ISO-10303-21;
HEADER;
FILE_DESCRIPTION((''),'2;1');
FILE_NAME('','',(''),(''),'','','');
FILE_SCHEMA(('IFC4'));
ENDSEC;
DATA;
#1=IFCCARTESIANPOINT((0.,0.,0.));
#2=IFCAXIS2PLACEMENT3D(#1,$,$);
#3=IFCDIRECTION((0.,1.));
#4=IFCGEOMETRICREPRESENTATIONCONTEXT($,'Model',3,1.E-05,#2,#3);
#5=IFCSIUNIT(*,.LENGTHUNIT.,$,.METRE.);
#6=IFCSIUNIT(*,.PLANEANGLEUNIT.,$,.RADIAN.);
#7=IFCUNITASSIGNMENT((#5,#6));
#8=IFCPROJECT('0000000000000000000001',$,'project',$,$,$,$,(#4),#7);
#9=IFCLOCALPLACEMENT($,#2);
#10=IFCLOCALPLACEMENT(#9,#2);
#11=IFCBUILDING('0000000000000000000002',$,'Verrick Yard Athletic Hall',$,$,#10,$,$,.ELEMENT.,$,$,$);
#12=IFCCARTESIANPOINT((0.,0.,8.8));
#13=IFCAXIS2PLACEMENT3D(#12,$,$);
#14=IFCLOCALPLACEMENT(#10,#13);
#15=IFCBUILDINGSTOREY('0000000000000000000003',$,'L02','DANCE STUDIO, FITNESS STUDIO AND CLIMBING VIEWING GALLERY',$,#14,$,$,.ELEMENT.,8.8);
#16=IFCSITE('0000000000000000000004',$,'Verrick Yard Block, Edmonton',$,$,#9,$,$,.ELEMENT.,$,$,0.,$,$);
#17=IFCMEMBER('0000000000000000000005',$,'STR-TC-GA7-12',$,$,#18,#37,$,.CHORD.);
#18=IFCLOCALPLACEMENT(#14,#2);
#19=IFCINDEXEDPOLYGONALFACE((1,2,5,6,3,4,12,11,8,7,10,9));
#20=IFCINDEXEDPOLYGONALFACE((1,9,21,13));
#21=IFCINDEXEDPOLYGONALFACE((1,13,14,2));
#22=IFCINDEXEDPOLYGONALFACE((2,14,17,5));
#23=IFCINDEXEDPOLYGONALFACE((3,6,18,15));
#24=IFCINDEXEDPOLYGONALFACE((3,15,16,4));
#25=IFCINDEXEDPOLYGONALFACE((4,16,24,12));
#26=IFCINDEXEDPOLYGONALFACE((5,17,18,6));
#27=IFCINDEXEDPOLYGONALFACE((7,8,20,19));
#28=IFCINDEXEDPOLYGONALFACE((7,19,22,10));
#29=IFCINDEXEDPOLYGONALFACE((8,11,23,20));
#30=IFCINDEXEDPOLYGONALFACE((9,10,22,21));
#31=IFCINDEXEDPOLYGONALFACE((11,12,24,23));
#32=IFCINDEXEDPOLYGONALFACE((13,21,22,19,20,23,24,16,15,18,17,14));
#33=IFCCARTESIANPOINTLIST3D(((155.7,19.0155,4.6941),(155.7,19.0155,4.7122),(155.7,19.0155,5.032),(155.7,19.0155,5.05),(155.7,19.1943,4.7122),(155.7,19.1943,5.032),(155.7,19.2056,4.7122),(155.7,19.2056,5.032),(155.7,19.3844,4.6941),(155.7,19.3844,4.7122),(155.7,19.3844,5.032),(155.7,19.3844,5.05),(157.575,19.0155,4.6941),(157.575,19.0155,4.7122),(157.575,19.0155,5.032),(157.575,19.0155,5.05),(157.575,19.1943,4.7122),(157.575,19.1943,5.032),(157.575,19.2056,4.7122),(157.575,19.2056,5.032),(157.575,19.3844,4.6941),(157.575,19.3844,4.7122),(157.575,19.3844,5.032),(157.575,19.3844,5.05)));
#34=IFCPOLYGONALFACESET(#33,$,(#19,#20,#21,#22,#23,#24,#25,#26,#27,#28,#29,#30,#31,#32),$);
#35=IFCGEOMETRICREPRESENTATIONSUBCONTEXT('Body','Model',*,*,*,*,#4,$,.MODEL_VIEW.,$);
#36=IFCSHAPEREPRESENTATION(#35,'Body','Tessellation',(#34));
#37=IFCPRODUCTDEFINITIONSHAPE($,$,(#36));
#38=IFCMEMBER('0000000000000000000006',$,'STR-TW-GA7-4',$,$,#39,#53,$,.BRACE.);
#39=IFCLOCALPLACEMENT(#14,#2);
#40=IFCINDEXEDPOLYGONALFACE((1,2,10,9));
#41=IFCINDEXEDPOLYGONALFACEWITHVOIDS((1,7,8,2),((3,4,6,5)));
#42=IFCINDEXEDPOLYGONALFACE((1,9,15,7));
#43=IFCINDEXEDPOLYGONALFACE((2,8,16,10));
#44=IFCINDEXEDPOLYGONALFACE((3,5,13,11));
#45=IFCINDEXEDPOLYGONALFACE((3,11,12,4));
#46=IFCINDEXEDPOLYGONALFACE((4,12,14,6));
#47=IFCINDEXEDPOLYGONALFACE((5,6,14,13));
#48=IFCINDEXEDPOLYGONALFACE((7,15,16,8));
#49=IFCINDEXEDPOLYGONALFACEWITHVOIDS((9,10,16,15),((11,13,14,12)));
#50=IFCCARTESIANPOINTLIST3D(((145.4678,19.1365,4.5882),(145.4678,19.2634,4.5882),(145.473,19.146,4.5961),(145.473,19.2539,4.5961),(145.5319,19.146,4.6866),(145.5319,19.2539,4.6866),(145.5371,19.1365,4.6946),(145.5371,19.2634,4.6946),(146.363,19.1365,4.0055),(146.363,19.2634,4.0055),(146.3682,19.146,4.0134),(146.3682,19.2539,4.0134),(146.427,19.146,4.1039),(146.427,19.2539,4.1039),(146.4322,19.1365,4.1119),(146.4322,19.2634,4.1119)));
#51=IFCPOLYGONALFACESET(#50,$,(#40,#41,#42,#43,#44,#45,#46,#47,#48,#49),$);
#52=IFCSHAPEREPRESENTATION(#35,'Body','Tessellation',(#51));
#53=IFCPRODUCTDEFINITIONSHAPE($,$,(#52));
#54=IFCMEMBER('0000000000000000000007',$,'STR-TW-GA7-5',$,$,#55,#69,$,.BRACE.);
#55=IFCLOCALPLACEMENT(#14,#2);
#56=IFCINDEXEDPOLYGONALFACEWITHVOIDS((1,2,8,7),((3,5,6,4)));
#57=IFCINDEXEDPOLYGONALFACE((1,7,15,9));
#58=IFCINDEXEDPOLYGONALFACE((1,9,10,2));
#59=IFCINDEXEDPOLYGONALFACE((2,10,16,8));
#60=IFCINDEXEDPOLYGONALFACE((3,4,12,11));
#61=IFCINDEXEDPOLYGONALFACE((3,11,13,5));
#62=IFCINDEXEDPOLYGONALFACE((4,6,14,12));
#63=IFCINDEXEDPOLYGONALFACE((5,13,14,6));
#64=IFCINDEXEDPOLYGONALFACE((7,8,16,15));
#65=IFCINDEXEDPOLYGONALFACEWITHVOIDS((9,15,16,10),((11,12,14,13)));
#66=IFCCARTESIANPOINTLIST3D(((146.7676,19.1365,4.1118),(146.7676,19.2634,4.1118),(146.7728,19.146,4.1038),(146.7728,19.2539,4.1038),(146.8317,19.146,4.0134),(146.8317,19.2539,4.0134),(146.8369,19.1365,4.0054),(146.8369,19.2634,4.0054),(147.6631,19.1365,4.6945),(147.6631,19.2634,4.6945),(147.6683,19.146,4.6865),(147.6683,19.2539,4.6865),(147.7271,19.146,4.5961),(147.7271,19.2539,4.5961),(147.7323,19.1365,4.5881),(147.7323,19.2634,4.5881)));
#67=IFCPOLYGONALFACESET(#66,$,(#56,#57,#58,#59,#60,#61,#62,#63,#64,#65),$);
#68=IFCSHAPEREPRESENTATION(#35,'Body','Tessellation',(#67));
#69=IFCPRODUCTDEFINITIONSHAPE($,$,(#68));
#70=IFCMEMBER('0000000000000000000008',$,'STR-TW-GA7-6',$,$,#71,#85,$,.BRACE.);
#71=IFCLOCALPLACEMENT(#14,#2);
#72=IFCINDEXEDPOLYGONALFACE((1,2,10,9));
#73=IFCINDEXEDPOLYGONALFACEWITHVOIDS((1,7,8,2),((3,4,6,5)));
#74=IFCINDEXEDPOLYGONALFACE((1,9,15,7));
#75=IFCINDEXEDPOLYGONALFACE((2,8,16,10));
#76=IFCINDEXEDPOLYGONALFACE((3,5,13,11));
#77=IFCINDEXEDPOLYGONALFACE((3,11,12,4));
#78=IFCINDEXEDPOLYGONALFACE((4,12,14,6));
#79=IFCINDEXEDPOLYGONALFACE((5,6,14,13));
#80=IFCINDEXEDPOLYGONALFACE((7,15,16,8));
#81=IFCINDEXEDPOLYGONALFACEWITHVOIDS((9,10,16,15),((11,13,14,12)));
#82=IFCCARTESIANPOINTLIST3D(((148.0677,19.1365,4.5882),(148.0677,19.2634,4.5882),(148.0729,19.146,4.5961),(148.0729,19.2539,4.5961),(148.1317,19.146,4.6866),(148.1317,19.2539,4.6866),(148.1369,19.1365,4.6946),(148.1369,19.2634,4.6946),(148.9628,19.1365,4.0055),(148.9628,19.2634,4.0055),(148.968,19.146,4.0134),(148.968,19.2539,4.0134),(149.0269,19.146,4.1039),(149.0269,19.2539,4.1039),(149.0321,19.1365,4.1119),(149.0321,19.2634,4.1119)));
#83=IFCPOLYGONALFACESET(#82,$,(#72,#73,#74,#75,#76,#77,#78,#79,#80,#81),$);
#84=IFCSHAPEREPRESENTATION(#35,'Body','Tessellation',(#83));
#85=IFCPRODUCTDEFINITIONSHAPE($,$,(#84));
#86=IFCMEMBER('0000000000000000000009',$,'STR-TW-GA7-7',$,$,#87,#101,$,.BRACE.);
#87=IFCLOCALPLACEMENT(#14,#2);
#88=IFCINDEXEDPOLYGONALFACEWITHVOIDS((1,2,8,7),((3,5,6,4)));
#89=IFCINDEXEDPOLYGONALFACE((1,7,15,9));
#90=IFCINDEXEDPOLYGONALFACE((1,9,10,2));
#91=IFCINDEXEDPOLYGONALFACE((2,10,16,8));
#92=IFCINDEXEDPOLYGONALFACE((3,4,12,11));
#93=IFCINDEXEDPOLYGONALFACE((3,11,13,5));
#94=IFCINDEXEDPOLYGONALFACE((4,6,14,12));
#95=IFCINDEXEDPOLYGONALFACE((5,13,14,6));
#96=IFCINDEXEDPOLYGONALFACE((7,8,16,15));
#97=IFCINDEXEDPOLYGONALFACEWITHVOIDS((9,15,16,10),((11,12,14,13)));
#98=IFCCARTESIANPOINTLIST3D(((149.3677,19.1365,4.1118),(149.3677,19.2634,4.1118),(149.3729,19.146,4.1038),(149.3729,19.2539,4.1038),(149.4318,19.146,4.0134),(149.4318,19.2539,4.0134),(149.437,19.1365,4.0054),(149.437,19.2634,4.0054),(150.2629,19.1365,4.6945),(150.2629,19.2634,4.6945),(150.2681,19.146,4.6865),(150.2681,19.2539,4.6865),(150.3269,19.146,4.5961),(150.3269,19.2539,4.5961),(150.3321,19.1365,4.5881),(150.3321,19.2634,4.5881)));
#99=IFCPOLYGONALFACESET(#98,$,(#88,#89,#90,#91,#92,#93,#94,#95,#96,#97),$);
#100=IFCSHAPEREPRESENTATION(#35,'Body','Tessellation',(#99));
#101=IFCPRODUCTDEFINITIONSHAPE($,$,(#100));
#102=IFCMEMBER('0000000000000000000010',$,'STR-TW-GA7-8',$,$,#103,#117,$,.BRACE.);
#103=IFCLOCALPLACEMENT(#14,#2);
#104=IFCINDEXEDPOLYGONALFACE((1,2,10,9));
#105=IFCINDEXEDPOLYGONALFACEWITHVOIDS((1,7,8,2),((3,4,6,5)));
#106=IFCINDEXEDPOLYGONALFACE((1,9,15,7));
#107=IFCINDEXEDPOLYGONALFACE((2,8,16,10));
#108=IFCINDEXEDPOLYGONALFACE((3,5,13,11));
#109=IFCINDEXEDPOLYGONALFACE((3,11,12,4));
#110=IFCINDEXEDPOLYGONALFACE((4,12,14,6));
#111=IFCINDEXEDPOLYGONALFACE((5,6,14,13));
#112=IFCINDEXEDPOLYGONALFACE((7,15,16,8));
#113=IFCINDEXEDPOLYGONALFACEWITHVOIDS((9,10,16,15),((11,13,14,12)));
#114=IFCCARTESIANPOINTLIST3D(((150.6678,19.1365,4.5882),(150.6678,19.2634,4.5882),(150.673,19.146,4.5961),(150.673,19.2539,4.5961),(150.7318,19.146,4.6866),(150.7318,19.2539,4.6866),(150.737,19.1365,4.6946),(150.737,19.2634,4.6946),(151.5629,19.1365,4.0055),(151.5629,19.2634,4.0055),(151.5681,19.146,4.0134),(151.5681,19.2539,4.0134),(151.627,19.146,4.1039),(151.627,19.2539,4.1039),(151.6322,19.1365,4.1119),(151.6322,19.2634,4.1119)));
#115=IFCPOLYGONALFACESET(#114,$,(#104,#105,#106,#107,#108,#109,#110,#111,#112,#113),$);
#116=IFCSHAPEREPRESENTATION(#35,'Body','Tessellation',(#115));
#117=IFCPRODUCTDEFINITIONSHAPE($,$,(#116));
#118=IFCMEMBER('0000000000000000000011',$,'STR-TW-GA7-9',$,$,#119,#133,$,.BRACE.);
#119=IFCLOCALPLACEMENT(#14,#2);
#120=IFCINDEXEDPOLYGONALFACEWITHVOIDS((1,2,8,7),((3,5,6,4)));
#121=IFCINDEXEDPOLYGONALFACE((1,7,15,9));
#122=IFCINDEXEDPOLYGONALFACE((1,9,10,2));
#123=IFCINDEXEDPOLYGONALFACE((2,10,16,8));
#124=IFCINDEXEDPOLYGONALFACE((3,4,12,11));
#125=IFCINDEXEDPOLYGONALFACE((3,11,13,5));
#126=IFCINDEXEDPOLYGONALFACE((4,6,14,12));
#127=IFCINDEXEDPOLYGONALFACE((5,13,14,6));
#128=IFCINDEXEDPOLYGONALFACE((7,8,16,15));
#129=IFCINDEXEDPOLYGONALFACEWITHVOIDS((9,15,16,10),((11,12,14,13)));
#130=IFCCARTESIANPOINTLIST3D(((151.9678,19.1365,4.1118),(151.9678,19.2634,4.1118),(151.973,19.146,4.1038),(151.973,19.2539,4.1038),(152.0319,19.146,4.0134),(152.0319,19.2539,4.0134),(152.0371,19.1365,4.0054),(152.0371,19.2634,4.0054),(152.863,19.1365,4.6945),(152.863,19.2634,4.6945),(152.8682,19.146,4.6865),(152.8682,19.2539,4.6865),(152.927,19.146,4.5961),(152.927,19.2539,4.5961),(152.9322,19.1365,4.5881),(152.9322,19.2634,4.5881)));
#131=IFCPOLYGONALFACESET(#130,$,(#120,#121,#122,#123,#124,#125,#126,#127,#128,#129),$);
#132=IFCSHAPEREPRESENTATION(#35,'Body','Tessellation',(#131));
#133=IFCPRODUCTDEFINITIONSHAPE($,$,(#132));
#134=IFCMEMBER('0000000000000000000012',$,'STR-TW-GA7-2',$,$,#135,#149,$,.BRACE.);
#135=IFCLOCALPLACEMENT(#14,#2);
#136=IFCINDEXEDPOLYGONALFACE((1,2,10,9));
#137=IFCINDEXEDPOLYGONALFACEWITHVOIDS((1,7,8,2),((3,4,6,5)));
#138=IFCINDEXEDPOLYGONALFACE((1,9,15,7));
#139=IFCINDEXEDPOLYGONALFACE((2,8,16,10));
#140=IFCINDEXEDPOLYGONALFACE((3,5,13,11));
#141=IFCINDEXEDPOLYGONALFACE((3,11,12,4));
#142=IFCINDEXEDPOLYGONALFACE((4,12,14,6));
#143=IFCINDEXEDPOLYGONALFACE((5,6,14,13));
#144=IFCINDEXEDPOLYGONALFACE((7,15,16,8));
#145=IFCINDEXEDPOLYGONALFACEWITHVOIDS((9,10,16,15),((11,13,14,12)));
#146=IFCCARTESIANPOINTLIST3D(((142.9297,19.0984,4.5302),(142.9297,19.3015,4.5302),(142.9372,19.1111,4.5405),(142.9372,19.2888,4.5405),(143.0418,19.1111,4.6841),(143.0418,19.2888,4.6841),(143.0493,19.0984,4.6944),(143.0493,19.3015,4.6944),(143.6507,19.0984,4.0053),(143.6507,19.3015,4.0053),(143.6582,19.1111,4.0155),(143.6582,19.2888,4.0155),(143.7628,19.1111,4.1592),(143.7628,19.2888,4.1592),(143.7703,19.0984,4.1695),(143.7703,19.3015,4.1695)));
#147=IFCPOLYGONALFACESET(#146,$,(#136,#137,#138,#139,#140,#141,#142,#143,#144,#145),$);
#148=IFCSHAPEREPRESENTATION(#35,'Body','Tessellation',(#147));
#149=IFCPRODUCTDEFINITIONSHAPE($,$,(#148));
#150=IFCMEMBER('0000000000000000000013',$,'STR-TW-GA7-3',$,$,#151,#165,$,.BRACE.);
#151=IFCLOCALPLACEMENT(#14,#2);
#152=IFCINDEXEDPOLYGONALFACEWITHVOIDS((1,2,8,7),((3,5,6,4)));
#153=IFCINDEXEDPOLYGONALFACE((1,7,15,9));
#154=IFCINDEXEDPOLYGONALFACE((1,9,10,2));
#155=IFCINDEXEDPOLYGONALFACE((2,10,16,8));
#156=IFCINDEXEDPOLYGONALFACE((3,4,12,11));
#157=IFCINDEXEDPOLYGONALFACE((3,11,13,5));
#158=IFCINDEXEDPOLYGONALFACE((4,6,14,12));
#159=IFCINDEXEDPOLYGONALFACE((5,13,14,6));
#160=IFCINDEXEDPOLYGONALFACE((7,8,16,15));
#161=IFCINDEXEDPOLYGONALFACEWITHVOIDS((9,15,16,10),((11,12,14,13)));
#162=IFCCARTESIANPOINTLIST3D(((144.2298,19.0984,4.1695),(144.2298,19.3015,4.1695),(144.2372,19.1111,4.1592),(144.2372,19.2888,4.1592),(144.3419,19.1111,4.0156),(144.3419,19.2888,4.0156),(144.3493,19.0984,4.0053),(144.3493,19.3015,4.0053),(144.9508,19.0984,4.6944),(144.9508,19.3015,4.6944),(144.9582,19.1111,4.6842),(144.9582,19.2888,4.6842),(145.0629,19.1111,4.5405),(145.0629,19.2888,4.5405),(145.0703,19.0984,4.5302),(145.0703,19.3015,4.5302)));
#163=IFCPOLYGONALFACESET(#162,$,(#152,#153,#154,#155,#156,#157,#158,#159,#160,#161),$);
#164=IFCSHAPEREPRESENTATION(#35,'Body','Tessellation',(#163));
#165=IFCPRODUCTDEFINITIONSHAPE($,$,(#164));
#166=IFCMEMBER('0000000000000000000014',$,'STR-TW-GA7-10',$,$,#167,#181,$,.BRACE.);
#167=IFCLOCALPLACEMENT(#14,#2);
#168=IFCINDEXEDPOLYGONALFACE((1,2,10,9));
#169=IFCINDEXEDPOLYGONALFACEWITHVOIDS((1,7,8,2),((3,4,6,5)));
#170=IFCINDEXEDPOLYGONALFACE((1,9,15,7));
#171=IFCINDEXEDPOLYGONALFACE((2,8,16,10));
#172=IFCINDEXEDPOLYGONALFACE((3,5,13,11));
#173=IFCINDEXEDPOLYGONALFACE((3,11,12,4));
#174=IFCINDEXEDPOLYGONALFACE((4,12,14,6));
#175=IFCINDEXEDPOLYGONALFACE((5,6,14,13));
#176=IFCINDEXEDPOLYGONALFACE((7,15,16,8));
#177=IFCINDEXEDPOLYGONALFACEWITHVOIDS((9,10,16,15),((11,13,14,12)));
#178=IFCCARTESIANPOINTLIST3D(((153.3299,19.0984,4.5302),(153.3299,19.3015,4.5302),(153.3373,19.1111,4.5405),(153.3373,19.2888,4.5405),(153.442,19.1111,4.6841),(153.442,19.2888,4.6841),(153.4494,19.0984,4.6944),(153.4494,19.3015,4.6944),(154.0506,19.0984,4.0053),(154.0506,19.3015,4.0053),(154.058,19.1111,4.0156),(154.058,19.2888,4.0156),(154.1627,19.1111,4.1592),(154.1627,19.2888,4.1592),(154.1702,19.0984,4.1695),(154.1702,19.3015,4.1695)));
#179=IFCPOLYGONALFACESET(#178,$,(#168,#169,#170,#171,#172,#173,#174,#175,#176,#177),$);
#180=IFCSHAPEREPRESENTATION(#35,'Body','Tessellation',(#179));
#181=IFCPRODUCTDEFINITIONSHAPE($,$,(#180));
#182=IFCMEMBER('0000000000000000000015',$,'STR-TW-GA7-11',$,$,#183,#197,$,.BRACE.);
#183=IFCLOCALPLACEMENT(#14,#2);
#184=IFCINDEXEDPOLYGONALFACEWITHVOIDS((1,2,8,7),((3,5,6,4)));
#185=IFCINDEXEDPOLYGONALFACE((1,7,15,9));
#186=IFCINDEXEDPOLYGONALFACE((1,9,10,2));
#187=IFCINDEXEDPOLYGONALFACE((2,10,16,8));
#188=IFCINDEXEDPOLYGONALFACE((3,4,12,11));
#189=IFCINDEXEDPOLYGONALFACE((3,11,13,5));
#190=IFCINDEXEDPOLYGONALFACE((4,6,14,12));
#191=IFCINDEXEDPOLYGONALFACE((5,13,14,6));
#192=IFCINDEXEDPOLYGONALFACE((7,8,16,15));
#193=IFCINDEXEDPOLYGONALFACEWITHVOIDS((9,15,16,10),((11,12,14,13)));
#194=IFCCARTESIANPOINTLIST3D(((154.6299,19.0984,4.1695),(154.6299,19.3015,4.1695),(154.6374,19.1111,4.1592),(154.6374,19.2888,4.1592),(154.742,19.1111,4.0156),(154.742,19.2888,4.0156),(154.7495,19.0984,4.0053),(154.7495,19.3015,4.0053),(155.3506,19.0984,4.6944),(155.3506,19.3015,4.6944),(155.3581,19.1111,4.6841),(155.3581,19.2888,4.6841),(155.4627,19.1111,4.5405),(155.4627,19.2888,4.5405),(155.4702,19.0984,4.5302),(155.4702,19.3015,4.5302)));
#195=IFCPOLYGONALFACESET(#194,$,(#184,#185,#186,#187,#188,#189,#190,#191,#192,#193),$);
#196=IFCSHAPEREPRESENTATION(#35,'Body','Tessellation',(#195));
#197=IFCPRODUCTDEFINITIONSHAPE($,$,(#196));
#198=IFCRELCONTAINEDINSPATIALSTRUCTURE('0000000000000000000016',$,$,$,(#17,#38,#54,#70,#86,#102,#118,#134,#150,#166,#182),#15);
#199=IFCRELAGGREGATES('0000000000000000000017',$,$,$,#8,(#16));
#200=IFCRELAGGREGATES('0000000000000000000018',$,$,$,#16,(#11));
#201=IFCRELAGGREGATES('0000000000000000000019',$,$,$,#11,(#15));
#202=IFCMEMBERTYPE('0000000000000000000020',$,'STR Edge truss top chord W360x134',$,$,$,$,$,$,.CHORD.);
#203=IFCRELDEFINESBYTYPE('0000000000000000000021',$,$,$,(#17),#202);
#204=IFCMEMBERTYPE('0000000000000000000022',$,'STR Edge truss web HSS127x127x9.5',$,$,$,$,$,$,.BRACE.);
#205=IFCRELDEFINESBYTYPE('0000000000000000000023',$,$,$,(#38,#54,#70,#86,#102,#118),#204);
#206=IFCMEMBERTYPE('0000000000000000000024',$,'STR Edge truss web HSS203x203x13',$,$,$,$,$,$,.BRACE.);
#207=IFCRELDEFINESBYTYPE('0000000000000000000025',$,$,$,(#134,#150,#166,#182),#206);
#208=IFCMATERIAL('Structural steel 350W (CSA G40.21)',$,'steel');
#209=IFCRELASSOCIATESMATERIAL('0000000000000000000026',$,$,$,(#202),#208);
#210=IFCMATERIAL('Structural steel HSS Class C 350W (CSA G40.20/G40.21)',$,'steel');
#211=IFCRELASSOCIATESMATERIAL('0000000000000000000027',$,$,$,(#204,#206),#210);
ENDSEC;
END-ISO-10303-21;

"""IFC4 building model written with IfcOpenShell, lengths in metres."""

from ifc_helpers import new_model, si_unit, direction, frame, origin, origin_2d, place, context, subcontext, project, spatial, hollow_rectangle, i_section, extrude, material, material_profile, profile_set, type_object, element, save


model = new_model("IFC4")

# Units and contexts
model_context = context("Model", 3, precision=1e-05, world=origin(), true_north=direction((0.0, 1.0)))
body_context = subcontext(model_context, "Body", "Model", "MODEL_VIEW")
ifc_project = project(units=[si_unit("LENGTHUNIT", "METRE"), si_unit("PLANEANGLEUNIT", "RADIAN")], contexts=[model_context])

# Site, building, storey
site_placement = place(None, origin())
site = spatial("IfcSite", under=ifc_project, at=site_placement, Name="Verrick Yard Block, Edmonton", CompositionType="ELEMENT", RefElevation=0.0)
building_placement = place(site_placement, origin())
building = spatial("IfcBuilding", under=site, at=building_placement, Name="Verrick Yard Athletic Hall", CompositionType="ELEMENT")
storey_placement = place(building_placement, frame((0.0, 0.0, 8.8)))
storey = spatial("IfcBuildingStorey", under=building, at=storey_placement, Name="L02", Description="DANCE STUDIO, FITNESS STUDIO AND CLIMBING VIEWING GALLERY", CompositionType="ELEMENT", Elevation=8.8)

# Members
ifc_material_1 = material(Name="Structural steel 350W (CSA G40.21)", Category="steel")
ifc_material_profile_1 = material_profile(ifc_material_1, i_section(OverallWidth=0.3689, OverallDepth=0.356, WebThickness=0.0112, FlangeThickness=0.0181, at=origin_2d()), Name="W360x134")
ifc_profile_set_1 = profile_set([ifc_material_profile_1], Name="Structural steel 350W (CSA G40.21)")
member_type_1 = type_object("IfcMemberType", Name="STR Edge truss top chord W360x134", PredefinedType="CHORD", material=ifc_profile_set_1)
member_1_placement = place(storey_placement, frame((155.7, 19.2, 4.8721), z_axis=(1.0, 0.0, 0.0), x_axis=(0.0, 1.0, 0.0)))
element("IfcMember", 1, at=member_1_placement, inside=storey, type_object=member_type_1, Name="STR-TC-GA7-12", PredefinedType="CHORD", context=body_context, shape_type="SweptSolid", body=[
    extrude(i_section(OverallWidth=0.3689, OverallDepth=0.356, WebThickness=0.0112, FlangeThickness=0.0181, at=origin_2d()), origin(), (0.0, 0.0, 1.0), 1.875),
])
ifc_material_2 = material(Name="Structural steel HSS Class C 350W (CSA G40.20/G40.21)", Category="steel")
ifc_material_profile_2 = material_profile(ifc_material_2, hollow_rectangle(XDim=0.127, YDim=0.127, WallThickness=0.0095, at=origin_2d()), Name="HSS127x127x9.5")
ifc_profile_set_2 = profile_set([ifc_material_profile_2], Name="Structural steel HSS Class C 350W (CSA G40.20/G40.21)")
member_type_2 = type_object("IfcMemberType", Name="STR Edge truss web HSS127x127x9.5", PredefinedType="BRACE", material=ifc_profile_set_2)
member_2_placement = place(storey_placement, frame((145.5024, 19.2, 4.6414), z_axis=(0.838083, 0.0, -0.545543), x_axis=(0.0, 1.0, 0.0)))
element("IfcMember", 2, at=member_2_placement, inside=storey, type_object=member_type_2, Name="STR-TW-GA7-4", PredefinedType="BRACE", context=body_context, shape_type="SweptSolid", body=[
    extrude(hollow_rectangle(XDim=0.127, YDim=0.127, WallThickness=0.0095, at=origin_2d()), origin(), (0.0, 0.0, 1.0), 1.0681),
])
member_3_placement = place(storey_placement, frame((146.8022, 19.2, 4.0586), z_axis=(0.838151, 0.0, 0.545438), x_axis=(0.0, 1.0, 0.0)))
element("IfcMember", 3, at=member_3_placement, inside=storey, type_object=member_type_2, Name="STR-TW-GA7-5", PredefinedType="BRACE", context=body_context, shape_type="SweptSolid", body=[
    extrude(hollow_rectangle(XDim=0.127, YDim=0.127, WallThickness=0.0095, at=origin_2d()), origin(), (0.0, 0.0, 1.0), 1.0684),
])
for number, where, z_axis, x_axis, name in (
    (4, (148.1023, 19.2, 4.6414), (0.838083, 0.0, -0.545543), (0.0, 1.0, 0.0), "STR-TW-GA7-6"),
    (5, (149.4023, 19.2, 4.0586), (0.838083, 0.0, 0.545543), (0.0, 1.0, 0.0), "STR-TW-GA7-7"),
    (6, (150.7024, 19.2, 4.6414), (0.838083, 0.0, -0.545543), (0.0, 1.0, 0.0), "STR-TW-GA7-8"),
    (7, (152.0024, 19.2, 4.0586), (0.838083, 0.0, 0.545543), (0.0, 1.0, 0.0), "STR-TW-GA7-9"),
):
    element("IfcMember", number, at=place(storey_placement, frame(where, z_axis=z_axis, x_axis=x_axis)), inside=storey, type_object=member_type_2, Name=name, PredefinedType="BRACE", context=body_context, shape_type="SweptSolid", body=[
        extrude(hollow_rectangle(XDim=0.127, YDim=0.127, WallThickness=0.0095, at=origin_2d()), origin(), (0.0, 0.0, 1.0), 1.0681),
    ])
ifc_material_profile_3 = material_profile(ifc_material_2, hollow_rectangle(XDim=0.2031, YDim=0.2031, WallThickness=0.0127, at=origin_2d()), Name="HSS203x203x13")
ifc_profile_set_3 = profile_set([ifc_material_profile_3], Name="Structural steel HSS Class C 350W (CSA G40.20/G40.21)")
member_type_3 = type_object("IfcMemberType", Name="STR Edge truss web HSS203x203x13", PredefinedType="BRACE", material=ifc_profile_set_3)
for number, where, z_axis, x_axis, name in (
    (8, (142.9895, 19.2, 4.6123), (0.808428, 0.0, -0.588595), (0.0, 1.0, 0.0), "STR-TW-GA7-2"),
    (9, (144.2896, 19.2, 4.0874), (0.808428, 0.0, 0.588595), (0.0, 1.0, 0.0), "STR-TW-GA7-3"),
):
    element("IfcMember", number, at=place(storey_placement, frame(where, z_axis=z_axis, x_axis=x_axis)), inside=storey, type_object=member_type_3, Name=name, PredefinedType="BRACE", context=body_context, shape_type="SweptSolid", body=[
        extrude(hollow_rectangle(XDim=0.2031, YDim=0.2031, WallThickness=0.0127, at=origin_2d()), origin(), (0.0, 0.0, 1.0), 0.8918),
    ])
for number, where, z_axis, x_axis, name in (
    (10, (153.3896, 19.2, 4.6123), (0.808333, 0.0, -0.588725), (0.0, 1.0, 0.0), "STR-TW-GA7-10"),
    (11, (154.6897, 19.2, 4.0874), (0.808333, 0.0, 0.588725), (0.0, 1.0, 0.0), "STR-TW-GA7-11"),
):
    element("IfcMember", number, at=place(storey_placement, frame(where, z_axis=z_axis, x_axis=x_axis)), inside=storey, type_object=member_type_3, Name=name, PredefinedType="BRACE", context=body_context, shape_type="SweptSolid", body=[
        extrude(hollow_rectangle(XDim=0.2031, YDim=0.2031, WallThickness=0.0127, at=origin_2d()), origin(), (0.0, 0.0, 1.0), 0.8916),
    ])

save(model, "model.ifc")
